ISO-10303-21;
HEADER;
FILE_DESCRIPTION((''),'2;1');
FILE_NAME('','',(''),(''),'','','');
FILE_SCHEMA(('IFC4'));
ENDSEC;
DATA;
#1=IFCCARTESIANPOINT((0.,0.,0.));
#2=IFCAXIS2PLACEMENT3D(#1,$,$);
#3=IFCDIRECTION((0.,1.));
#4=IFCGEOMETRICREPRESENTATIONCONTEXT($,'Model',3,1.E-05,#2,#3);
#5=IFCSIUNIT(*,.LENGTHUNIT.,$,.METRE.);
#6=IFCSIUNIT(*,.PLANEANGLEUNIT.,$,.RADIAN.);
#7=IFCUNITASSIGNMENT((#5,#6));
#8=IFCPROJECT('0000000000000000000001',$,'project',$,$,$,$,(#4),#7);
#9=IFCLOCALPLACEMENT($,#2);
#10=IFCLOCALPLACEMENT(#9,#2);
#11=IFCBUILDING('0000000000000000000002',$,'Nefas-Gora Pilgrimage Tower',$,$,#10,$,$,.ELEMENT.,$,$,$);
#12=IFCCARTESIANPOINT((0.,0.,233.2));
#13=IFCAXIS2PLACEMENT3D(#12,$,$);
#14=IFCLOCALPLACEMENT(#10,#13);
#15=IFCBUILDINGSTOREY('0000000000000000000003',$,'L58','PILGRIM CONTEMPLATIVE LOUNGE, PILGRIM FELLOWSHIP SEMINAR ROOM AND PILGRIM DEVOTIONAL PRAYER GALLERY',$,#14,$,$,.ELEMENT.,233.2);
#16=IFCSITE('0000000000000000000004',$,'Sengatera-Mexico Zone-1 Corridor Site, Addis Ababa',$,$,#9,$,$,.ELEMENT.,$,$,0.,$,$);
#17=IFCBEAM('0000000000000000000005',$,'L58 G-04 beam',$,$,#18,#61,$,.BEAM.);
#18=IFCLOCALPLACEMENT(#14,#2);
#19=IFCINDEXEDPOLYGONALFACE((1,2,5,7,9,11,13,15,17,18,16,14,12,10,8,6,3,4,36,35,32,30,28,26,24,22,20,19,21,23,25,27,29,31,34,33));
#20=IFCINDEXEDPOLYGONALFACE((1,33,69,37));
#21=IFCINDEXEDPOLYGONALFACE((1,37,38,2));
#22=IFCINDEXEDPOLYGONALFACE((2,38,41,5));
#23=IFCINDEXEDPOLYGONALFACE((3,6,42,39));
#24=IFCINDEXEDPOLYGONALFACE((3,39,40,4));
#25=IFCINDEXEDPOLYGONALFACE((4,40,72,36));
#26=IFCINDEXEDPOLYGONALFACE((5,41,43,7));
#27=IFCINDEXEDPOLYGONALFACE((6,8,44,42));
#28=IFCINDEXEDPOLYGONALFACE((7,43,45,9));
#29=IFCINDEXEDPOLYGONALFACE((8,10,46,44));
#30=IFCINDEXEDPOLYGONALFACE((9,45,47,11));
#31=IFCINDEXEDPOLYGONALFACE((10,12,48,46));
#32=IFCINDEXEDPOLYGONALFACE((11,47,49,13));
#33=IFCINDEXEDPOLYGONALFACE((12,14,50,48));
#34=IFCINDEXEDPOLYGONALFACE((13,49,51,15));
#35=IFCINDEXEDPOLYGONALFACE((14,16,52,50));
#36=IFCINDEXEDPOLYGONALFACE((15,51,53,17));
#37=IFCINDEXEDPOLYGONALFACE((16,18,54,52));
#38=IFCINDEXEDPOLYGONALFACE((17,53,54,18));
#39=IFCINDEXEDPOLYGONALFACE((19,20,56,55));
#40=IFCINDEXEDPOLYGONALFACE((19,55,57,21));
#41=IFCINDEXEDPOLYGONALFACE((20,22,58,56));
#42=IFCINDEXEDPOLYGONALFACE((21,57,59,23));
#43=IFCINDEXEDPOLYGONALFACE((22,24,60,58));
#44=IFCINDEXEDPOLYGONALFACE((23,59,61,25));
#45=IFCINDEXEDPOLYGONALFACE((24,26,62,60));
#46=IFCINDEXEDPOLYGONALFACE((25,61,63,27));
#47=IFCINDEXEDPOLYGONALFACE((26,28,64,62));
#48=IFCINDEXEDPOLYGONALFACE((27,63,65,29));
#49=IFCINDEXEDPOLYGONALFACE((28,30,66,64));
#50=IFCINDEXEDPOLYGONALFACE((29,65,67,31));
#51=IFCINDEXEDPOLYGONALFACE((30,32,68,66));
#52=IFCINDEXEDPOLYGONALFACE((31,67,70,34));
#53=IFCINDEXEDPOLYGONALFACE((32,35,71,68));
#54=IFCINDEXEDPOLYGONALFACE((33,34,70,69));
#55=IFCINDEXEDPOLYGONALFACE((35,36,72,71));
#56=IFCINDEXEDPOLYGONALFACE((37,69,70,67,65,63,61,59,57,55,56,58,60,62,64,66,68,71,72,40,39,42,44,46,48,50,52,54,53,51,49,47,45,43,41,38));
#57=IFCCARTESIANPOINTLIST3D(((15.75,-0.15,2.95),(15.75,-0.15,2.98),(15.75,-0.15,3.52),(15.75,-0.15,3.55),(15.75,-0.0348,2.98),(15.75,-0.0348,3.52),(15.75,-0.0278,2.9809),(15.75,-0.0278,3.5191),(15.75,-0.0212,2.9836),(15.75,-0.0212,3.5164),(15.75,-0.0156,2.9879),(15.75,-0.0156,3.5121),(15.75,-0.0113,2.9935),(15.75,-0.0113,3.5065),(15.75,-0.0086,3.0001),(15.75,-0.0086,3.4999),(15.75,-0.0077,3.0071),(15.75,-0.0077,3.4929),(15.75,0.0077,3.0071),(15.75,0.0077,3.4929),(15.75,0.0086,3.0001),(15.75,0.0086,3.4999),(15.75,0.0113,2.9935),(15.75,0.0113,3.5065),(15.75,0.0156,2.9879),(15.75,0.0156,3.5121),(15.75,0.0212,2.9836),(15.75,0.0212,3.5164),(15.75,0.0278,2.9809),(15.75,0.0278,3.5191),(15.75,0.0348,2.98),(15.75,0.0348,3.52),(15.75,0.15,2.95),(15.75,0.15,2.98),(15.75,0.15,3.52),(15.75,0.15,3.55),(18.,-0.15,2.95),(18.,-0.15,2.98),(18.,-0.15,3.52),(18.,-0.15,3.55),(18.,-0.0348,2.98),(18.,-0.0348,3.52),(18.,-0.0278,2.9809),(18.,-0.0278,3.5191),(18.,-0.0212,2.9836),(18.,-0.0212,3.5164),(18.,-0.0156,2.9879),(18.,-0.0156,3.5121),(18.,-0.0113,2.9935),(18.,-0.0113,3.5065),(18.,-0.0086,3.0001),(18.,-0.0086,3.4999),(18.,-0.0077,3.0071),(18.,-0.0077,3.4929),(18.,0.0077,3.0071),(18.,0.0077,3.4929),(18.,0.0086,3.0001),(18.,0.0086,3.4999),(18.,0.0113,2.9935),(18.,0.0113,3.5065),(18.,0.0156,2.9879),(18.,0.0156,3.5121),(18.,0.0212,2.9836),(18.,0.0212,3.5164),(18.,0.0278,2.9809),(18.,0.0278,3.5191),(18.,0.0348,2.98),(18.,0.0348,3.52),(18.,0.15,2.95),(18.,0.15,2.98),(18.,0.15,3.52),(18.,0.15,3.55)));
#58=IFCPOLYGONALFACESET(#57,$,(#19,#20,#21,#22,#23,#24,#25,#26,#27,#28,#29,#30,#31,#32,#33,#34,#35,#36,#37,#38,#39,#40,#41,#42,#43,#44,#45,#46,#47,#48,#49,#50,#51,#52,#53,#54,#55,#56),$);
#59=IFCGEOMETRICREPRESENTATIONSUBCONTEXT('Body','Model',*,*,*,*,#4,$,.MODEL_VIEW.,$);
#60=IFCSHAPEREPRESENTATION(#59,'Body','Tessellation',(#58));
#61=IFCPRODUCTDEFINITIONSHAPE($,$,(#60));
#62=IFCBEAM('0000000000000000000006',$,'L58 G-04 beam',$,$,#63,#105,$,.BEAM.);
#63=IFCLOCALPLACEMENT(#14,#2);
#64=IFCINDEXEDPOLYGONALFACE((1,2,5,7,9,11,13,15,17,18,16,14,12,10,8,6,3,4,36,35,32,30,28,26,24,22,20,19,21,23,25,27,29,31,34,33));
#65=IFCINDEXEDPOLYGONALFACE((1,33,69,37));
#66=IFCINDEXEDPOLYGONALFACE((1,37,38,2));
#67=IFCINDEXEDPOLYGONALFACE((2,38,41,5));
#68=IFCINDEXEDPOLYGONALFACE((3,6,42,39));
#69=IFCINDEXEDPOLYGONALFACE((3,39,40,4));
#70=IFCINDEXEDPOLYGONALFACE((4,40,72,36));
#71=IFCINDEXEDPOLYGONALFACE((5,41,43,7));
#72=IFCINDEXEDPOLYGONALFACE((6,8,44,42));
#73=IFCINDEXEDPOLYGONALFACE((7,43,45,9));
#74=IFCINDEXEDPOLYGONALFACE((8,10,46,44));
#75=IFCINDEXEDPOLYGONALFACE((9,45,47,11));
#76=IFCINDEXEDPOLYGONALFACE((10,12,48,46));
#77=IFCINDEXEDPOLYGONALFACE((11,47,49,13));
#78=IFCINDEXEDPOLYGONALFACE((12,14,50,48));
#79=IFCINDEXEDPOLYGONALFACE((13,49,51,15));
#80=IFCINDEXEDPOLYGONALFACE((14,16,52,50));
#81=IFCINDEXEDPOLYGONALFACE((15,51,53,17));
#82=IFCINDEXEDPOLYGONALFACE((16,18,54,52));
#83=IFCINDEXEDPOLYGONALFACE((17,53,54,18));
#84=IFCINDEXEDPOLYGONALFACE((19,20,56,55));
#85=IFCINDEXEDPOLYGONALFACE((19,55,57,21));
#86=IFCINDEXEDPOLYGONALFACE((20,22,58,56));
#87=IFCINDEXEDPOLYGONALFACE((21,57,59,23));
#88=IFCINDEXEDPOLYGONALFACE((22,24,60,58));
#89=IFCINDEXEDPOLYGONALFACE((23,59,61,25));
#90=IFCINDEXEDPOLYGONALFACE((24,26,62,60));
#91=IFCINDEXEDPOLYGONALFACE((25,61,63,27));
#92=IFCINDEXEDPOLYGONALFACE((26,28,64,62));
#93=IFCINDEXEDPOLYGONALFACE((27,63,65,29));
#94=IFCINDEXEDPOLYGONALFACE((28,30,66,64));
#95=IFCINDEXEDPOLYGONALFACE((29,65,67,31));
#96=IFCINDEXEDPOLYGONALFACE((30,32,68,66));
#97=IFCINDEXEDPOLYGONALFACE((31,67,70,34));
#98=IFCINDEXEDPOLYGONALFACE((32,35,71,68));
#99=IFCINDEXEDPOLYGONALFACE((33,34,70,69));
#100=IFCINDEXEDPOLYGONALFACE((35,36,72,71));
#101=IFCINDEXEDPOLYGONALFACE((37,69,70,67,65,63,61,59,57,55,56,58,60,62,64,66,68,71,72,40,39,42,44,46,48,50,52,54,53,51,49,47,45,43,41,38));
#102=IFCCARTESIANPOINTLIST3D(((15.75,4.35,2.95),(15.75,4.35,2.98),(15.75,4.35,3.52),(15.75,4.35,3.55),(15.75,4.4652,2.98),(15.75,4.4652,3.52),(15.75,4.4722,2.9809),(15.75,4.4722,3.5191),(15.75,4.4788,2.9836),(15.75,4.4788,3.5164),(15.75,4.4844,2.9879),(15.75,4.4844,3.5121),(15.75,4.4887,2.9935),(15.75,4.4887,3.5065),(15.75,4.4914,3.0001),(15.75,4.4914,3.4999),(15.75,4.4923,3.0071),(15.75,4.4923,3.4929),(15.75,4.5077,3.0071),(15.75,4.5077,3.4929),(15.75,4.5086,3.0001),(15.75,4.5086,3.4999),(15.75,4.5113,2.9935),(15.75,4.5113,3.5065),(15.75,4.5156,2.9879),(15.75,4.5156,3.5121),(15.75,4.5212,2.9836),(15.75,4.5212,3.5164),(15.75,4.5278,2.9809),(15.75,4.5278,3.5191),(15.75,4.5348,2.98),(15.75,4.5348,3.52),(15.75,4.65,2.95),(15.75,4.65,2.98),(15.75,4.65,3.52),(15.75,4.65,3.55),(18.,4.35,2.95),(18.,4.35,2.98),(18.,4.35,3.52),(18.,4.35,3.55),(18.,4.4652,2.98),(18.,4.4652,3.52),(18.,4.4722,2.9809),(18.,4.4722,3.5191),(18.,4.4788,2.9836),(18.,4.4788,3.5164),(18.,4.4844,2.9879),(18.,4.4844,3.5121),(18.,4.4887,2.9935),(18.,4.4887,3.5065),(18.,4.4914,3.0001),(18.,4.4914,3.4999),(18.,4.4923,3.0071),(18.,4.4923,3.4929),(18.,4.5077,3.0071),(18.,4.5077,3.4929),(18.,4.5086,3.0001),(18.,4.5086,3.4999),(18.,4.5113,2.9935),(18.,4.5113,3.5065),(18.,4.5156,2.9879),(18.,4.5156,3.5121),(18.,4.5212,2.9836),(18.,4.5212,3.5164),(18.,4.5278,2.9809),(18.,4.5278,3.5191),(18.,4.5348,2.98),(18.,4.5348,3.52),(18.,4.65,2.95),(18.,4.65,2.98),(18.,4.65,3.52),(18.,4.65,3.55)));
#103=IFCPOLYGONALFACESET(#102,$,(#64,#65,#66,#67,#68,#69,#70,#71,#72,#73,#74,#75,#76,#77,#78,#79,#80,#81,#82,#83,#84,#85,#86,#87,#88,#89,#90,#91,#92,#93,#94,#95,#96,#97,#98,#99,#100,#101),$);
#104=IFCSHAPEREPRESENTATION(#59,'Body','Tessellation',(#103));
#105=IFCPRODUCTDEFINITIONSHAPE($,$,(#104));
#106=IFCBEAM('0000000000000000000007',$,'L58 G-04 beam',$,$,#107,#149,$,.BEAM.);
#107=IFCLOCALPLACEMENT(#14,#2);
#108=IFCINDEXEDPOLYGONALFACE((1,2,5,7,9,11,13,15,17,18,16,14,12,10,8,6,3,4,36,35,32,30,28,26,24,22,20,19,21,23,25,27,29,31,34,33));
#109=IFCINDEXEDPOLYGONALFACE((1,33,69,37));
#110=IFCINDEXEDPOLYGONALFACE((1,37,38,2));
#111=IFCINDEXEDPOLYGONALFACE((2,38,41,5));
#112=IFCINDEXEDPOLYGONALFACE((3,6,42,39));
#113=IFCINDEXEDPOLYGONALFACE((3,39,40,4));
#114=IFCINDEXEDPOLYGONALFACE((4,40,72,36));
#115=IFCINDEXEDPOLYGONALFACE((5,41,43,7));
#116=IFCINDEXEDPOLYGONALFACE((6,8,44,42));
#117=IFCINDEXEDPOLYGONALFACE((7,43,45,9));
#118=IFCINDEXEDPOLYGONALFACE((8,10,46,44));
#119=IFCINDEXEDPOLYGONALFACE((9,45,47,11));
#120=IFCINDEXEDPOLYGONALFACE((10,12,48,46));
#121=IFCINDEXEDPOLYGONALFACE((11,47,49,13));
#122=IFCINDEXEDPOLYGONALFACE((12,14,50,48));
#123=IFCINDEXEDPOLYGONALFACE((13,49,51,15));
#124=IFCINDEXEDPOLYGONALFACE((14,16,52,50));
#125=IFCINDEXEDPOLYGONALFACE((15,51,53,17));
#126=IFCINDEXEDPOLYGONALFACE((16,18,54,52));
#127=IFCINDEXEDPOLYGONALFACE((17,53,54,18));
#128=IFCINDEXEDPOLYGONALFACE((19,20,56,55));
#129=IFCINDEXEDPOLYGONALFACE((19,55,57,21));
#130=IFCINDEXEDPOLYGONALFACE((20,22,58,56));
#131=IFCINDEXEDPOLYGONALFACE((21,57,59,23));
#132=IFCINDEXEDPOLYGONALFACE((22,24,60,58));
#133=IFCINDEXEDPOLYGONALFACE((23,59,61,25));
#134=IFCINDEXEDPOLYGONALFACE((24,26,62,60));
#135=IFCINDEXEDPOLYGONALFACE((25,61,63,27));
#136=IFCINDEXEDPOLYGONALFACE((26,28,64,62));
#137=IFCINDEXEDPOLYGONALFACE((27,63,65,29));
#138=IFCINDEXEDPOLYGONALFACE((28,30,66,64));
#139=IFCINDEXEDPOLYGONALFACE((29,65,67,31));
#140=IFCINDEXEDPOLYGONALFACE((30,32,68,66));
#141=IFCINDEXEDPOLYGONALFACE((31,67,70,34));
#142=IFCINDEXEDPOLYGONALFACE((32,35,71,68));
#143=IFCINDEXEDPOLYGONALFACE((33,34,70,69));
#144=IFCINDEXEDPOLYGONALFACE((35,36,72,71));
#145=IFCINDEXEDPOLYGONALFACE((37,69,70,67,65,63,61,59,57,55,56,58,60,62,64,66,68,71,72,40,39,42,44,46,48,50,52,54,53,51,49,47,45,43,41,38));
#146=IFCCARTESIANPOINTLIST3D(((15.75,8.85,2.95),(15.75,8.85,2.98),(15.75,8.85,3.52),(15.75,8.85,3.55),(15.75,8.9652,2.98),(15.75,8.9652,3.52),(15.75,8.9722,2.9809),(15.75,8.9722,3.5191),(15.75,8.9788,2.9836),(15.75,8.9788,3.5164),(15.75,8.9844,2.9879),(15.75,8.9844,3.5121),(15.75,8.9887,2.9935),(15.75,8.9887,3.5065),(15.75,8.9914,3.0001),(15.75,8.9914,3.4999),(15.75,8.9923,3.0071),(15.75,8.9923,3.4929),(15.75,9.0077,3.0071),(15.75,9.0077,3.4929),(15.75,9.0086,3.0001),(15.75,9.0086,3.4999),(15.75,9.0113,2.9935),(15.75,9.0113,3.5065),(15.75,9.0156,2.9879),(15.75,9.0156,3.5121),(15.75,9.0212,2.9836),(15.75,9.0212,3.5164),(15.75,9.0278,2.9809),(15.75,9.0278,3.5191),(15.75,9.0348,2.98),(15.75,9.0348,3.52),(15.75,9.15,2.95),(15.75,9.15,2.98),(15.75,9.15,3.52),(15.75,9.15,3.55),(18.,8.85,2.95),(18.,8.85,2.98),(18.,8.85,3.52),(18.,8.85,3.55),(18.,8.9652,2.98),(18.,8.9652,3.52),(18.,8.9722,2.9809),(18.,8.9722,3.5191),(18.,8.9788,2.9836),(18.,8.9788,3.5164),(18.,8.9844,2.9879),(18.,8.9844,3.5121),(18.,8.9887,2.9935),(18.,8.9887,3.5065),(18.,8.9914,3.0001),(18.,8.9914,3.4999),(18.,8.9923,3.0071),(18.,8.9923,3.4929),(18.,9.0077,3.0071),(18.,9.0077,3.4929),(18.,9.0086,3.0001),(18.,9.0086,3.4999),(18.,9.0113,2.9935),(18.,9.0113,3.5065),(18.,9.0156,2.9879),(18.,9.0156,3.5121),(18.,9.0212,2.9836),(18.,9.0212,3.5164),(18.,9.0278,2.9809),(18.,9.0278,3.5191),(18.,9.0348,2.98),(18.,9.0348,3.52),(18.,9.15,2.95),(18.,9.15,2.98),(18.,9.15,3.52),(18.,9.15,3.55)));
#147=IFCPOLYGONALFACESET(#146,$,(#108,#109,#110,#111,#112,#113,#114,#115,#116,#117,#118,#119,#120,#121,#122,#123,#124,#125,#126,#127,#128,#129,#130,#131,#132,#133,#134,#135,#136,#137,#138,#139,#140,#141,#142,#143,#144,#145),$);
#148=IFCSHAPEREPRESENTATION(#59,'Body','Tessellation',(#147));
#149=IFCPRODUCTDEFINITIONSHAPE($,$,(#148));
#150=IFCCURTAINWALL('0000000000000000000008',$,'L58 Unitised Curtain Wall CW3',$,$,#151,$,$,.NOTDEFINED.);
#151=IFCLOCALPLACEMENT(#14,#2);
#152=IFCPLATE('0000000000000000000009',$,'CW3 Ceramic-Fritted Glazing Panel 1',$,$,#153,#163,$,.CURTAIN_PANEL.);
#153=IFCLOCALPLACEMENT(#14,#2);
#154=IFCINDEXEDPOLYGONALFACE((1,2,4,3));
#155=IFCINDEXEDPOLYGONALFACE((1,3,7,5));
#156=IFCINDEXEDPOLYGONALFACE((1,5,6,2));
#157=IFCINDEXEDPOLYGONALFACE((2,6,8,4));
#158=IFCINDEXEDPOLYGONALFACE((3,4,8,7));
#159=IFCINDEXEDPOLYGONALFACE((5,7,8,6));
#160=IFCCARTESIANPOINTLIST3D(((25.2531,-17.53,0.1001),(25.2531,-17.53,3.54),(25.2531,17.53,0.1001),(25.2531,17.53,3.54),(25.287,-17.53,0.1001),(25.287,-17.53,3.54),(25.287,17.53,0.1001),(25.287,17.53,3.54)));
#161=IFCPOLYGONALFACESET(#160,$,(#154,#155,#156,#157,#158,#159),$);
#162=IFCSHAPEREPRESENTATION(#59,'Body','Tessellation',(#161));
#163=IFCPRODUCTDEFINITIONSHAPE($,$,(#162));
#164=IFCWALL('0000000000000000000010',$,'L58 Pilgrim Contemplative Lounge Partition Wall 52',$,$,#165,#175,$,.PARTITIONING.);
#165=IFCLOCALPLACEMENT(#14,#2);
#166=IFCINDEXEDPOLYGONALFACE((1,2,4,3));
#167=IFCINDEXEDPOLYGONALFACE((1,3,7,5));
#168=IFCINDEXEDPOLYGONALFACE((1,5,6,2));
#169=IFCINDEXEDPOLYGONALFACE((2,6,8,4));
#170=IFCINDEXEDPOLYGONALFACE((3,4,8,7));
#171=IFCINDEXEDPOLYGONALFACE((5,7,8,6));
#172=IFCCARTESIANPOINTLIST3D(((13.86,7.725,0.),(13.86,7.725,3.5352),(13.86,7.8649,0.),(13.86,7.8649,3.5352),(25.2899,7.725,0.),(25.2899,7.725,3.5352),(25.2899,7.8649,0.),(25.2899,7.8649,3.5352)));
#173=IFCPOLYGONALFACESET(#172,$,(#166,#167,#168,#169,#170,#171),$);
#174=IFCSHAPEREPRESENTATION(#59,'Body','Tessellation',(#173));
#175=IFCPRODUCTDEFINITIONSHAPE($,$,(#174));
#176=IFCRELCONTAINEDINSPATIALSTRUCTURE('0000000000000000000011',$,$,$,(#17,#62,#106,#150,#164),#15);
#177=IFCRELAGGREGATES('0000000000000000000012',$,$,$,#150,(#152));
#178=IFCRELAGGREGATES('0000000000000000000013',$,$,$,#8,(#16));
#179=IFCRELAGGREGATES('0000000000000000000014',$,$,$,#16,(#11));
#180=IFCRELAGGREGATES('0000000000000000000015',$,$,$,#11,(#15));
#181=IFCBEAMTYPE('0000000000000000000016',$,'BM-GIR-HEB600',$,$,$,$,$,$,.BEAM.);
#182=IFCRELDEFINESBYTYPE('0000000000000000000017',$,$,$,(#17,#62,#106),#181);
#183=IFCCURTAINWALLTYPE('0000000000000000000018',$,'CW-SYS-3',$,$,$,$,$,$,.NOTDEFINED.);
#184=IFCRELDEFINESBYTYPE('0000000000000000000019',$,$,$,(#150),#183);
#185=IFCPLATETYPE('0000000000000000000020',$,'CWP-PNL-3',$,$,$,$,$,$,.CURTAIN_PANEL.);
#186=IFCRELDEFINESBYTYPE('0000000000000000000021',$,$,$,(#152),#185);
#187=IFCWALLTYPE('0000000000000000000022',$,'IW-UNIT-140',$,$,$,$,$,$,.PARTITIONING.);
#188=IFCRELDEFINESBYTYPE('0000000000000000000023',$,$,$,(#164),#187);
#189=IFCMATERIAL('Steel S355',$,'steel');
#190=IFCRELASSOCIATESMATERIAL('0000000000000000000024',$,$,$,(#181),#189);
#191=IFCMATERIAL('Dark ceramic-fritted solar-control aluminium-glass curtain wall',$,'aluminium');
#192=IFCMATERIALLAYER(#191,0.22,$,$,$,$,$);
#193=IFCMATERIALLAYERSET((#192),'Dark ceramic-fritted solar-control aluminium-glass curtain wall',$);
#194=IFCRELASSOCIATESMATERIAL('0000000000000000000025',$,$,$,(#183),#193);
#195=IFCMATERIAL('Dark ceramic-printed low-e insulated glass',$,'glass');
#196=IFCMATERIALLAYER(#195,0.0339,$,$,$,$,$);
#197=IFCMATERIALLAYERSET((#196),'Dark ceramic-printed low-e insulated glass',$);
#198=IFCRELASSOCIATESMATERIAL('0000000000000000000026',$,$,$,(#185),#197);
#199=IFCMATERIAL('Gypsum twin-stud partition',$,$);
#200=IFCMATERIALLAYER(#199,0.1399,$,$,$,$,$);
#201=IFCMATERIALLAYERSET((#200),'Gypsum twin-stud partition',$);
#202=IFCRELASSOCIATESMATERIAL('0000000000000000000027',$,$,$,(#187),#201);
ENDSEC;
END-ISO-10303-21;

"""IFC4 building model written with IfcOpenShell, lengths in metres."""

from ifc_helpers import new_model, si_unit, direction, frame, frame_2d, origin, origin_2d, place, context, subcontext, project, spatial, rectangle, i_section, extrude, source, transform, mapped, material, layer, layer_set, material_profile, profile_set, type_object, element, aggregate, save


model = new_model("IFC4")

# Units and contexts
model_context = context("Model", 3, precision=1e-05, world=origin(), true_north=direction((0.0, 1.0)))
body_context = subcontext(model_context, "Body", "Model", "MODEL_VIEW")
ifc_project = project(units=[si_unit("LENGTHUNIT", "METRE"), si_unit("PLANEANGLEUNIT", "RADIAN")], contexts=[model_context])

# Site, building, storey
site_placement = place(None, origin())
site = spatial("IfcSite", under=ifc_project, at=site_placement, Name="Sengatera-Mexico Zone-1 Corridor Site, Addis Ababa", CompositionType="ELEMENT", RefElevation=0.0)
building_placement = place(site_placement, origin())
building = spatial("IfcBuilding", under=site, at=building_placement, Name="Nefas-Gora Pilgrimage Tower", CompositionType="ELEMENT")
storey_placement = place(building_placement, frame((0.0, 0.0, 233.2)))
storey = spatial("IfcBuildingStorey", under=building, at=storey_placement, Name="L58", Description="PILGRIM CONTEMPLATIVE LOUNGE, PILGRIM FELLOWSHIP SEMINAR ROOM AND PILGRIM DEVOTIONAL PRAYER GALLERY", CompositionType="ELEMENT", Elevation=233.2)

# Beams
ifc_material_1 = material(Name="Steel S355", Category="steel")
ifc_material_profile_1 = material_profile(ifc_material_1, i_section(OverallWidth=0.3, OverallDepth=0.6001, WebThickness=0.0154, FlangeThickness=0.03, FilletRadius=0.0271, at=origin_2d()), Name="HEB 600")
ifc_profile_set_1 = profile_set([ifc_material_profile_1], Name="Steel S355")
beam_type_1 = type_object("IfcBeamType", Name="BM-GIR-HEB600", PredefinedType="BEAM", material=ifc_profile_set_1)
shared_shape_1 = source(origin(), body_context, "Body", "SweptSolid", [
    extrude(i_section(OverallWidth=0.3, OverallDepth=0.6001, WebThickness=0.0154, FlangeThickness=0.03, FilletRadius=0.0271, at=origin_2d()), origin(), (0.0, 0.0, 1.0), 2.25),
])
for number, where, z_axis, x_axis, name in (
    (1, (15.75, 0.0, 3.25), (1.0, 0.0, 0.0), (0.0, 1.0, 0.0), "L58 G-04 beam"),
    (2, (15.75, 4.5, 3.25), (1.0, 0.0, 0.0), (0.0, 1.0, 0.0), "L58 G-04 beam"),
    (3, (15.75, 9.0, 3.25), (1.0, 0.0, 0.0), (0.0, 1.0, 0.0), "L58 G-04 beam"),
):
    element("IfcBeam", number, at=place(storey_placement, frame(where, z_axis=z_axis, x_axis=x_axis)), inside=storey, type_object=beam_type_1, Name=name, PredefinedType="BEAM", context=body_context, shape_type="MappedRepresentation", body=[
        mapped(shared_shape_1, transform((0.0, 0.0, 0.0), x_axis=(1.0, 0.0, 0.0), y_axis=(0.0, 1.0, 0.0), z_axis=(0.0, 0.0, 1.0), scale=1.0)),
    ])

# Curtain wall, plate
ifc_material_2 = material(Name="Dark ceramic-fritted solar-control aluminium-glass curtain wall", Category="aluminium")
ifc_layer_1 = layer(ifc_material_2, 0.22)
ifc_layer_set_1 = layer_set([ifc_layer_1], Name="Dark ceramic-fritted solar-control aluminium-glass curtain wall")
curtain_wall_type = type_object("IfcCurtainWallType", Name="CW-SYS-3", PredefinedType="NOTDEFINED", material=ifc_layer_set_1)
curtain_wall_placement = place(storey_placement, origin())
curtain_wall = element("IfcCurtainWall", 4, at=curtain_wall_placement, inside=storey, type_object=curtain_wall_type, Name="L58 Unitised Curtain Wall CW3", PredefinedType="NOTDEFINED")
ifc_material_3 = material(Name="Dark ceramic-printed low-e insulated glass", Category="glass")
ifc_layer_2 = layer(ifc_material_3, 0.0339)
ifc_layer_set_2 = layer_set([ifc_layer_2], Name="Dark ceramic-printed low-e insulated glass")
plate_type = type_object("IfcPlateType", Name="CWP-PNL-3", PredefinedType="CURTAIN_PANEL", material=ifc_layer_set_2)
shared_shape_2 = source(origin(), body_context, "Body", "SweptSolid", [
    extrude(rectangle(XDim=35.0601, YDim=0.0339, at=origin_2d()), origin(), (0.0, 0.0, 1.0), 3.4399),
])
plate_placement = place(storey_placement, frame((25.27, 0.0, 0.1001), z_axis=(0.0, 0.0, 1.0), x_axis=(0.0, 1.0, 0.0)))
plate = element("IfcPlate", 5, at=plate_placement, type_object=plate_type, Name="CW3 Ceramic-Fritted Glazing Panel 1", PredefinedType="CURTAIN_PANEL", context=body_context, shape_type="MappedRepresentation", body=[
    mapped(shared_shape_2, transform((0.0, 0.0, 0.0), x_axis=(1.0, 0.0, 0.0), y_axis=(0.0, 1.0, 0.0), z_axis=(0.0, 0.0, 1.0), scale=1.0)),
])
aggregate(curtain_wall, [plate])

# Wall
ifc_material_4 = material(Name="Gypsum twin-stud partition")
ifc_layer_3 = layer(ifc_material_4, 0.1399)
ifc_layer_set_3 = layer_set([ifc_layer_3], Name="Gypsum twin-stud partition")
wall_type_1 = type_object("IfcWallType", Name="IW-UNIT-140", PredefinedType="PARTITIONING", material=ifc_layer_set_3)
shared_shape_3 = source(origin(), body_context, "Body", "SweptSolid", [
    extrude(rectangle(XDim=11.4299, YDim=0.1399, at=frame_2d((5.7148, 0.0))), origin(), (0.0, 0.0, 1.0), 3.5352),
])
wall_1_placement = place(storey_placement, frame((13.8601, 7.7949, 0.0), z_axis=(0.0, 0.0, 1.0), x_axis=(1.0, 0.0, 0.0)))
element("IfcWall", 6, at=wall_1_placement, inside=storey, type_object=wall_type_1, Name="L58 Pilgrim Contemplative Lounge Partition Wall 52", PredefinedType="PARTITIONING", context=body_context, shape_type="MappedRepresentation", body=[
    mapped(shared_shape_3, transform((0.0, 0.0, 0.0), x_axis=(1.0, 0.0, 0.0), y_axis=(0.0, 1.0, 0.0), z_axis=(0.0, 0.0, 1.0), scale=1.0)),
])

save(model, "model.ifc")
